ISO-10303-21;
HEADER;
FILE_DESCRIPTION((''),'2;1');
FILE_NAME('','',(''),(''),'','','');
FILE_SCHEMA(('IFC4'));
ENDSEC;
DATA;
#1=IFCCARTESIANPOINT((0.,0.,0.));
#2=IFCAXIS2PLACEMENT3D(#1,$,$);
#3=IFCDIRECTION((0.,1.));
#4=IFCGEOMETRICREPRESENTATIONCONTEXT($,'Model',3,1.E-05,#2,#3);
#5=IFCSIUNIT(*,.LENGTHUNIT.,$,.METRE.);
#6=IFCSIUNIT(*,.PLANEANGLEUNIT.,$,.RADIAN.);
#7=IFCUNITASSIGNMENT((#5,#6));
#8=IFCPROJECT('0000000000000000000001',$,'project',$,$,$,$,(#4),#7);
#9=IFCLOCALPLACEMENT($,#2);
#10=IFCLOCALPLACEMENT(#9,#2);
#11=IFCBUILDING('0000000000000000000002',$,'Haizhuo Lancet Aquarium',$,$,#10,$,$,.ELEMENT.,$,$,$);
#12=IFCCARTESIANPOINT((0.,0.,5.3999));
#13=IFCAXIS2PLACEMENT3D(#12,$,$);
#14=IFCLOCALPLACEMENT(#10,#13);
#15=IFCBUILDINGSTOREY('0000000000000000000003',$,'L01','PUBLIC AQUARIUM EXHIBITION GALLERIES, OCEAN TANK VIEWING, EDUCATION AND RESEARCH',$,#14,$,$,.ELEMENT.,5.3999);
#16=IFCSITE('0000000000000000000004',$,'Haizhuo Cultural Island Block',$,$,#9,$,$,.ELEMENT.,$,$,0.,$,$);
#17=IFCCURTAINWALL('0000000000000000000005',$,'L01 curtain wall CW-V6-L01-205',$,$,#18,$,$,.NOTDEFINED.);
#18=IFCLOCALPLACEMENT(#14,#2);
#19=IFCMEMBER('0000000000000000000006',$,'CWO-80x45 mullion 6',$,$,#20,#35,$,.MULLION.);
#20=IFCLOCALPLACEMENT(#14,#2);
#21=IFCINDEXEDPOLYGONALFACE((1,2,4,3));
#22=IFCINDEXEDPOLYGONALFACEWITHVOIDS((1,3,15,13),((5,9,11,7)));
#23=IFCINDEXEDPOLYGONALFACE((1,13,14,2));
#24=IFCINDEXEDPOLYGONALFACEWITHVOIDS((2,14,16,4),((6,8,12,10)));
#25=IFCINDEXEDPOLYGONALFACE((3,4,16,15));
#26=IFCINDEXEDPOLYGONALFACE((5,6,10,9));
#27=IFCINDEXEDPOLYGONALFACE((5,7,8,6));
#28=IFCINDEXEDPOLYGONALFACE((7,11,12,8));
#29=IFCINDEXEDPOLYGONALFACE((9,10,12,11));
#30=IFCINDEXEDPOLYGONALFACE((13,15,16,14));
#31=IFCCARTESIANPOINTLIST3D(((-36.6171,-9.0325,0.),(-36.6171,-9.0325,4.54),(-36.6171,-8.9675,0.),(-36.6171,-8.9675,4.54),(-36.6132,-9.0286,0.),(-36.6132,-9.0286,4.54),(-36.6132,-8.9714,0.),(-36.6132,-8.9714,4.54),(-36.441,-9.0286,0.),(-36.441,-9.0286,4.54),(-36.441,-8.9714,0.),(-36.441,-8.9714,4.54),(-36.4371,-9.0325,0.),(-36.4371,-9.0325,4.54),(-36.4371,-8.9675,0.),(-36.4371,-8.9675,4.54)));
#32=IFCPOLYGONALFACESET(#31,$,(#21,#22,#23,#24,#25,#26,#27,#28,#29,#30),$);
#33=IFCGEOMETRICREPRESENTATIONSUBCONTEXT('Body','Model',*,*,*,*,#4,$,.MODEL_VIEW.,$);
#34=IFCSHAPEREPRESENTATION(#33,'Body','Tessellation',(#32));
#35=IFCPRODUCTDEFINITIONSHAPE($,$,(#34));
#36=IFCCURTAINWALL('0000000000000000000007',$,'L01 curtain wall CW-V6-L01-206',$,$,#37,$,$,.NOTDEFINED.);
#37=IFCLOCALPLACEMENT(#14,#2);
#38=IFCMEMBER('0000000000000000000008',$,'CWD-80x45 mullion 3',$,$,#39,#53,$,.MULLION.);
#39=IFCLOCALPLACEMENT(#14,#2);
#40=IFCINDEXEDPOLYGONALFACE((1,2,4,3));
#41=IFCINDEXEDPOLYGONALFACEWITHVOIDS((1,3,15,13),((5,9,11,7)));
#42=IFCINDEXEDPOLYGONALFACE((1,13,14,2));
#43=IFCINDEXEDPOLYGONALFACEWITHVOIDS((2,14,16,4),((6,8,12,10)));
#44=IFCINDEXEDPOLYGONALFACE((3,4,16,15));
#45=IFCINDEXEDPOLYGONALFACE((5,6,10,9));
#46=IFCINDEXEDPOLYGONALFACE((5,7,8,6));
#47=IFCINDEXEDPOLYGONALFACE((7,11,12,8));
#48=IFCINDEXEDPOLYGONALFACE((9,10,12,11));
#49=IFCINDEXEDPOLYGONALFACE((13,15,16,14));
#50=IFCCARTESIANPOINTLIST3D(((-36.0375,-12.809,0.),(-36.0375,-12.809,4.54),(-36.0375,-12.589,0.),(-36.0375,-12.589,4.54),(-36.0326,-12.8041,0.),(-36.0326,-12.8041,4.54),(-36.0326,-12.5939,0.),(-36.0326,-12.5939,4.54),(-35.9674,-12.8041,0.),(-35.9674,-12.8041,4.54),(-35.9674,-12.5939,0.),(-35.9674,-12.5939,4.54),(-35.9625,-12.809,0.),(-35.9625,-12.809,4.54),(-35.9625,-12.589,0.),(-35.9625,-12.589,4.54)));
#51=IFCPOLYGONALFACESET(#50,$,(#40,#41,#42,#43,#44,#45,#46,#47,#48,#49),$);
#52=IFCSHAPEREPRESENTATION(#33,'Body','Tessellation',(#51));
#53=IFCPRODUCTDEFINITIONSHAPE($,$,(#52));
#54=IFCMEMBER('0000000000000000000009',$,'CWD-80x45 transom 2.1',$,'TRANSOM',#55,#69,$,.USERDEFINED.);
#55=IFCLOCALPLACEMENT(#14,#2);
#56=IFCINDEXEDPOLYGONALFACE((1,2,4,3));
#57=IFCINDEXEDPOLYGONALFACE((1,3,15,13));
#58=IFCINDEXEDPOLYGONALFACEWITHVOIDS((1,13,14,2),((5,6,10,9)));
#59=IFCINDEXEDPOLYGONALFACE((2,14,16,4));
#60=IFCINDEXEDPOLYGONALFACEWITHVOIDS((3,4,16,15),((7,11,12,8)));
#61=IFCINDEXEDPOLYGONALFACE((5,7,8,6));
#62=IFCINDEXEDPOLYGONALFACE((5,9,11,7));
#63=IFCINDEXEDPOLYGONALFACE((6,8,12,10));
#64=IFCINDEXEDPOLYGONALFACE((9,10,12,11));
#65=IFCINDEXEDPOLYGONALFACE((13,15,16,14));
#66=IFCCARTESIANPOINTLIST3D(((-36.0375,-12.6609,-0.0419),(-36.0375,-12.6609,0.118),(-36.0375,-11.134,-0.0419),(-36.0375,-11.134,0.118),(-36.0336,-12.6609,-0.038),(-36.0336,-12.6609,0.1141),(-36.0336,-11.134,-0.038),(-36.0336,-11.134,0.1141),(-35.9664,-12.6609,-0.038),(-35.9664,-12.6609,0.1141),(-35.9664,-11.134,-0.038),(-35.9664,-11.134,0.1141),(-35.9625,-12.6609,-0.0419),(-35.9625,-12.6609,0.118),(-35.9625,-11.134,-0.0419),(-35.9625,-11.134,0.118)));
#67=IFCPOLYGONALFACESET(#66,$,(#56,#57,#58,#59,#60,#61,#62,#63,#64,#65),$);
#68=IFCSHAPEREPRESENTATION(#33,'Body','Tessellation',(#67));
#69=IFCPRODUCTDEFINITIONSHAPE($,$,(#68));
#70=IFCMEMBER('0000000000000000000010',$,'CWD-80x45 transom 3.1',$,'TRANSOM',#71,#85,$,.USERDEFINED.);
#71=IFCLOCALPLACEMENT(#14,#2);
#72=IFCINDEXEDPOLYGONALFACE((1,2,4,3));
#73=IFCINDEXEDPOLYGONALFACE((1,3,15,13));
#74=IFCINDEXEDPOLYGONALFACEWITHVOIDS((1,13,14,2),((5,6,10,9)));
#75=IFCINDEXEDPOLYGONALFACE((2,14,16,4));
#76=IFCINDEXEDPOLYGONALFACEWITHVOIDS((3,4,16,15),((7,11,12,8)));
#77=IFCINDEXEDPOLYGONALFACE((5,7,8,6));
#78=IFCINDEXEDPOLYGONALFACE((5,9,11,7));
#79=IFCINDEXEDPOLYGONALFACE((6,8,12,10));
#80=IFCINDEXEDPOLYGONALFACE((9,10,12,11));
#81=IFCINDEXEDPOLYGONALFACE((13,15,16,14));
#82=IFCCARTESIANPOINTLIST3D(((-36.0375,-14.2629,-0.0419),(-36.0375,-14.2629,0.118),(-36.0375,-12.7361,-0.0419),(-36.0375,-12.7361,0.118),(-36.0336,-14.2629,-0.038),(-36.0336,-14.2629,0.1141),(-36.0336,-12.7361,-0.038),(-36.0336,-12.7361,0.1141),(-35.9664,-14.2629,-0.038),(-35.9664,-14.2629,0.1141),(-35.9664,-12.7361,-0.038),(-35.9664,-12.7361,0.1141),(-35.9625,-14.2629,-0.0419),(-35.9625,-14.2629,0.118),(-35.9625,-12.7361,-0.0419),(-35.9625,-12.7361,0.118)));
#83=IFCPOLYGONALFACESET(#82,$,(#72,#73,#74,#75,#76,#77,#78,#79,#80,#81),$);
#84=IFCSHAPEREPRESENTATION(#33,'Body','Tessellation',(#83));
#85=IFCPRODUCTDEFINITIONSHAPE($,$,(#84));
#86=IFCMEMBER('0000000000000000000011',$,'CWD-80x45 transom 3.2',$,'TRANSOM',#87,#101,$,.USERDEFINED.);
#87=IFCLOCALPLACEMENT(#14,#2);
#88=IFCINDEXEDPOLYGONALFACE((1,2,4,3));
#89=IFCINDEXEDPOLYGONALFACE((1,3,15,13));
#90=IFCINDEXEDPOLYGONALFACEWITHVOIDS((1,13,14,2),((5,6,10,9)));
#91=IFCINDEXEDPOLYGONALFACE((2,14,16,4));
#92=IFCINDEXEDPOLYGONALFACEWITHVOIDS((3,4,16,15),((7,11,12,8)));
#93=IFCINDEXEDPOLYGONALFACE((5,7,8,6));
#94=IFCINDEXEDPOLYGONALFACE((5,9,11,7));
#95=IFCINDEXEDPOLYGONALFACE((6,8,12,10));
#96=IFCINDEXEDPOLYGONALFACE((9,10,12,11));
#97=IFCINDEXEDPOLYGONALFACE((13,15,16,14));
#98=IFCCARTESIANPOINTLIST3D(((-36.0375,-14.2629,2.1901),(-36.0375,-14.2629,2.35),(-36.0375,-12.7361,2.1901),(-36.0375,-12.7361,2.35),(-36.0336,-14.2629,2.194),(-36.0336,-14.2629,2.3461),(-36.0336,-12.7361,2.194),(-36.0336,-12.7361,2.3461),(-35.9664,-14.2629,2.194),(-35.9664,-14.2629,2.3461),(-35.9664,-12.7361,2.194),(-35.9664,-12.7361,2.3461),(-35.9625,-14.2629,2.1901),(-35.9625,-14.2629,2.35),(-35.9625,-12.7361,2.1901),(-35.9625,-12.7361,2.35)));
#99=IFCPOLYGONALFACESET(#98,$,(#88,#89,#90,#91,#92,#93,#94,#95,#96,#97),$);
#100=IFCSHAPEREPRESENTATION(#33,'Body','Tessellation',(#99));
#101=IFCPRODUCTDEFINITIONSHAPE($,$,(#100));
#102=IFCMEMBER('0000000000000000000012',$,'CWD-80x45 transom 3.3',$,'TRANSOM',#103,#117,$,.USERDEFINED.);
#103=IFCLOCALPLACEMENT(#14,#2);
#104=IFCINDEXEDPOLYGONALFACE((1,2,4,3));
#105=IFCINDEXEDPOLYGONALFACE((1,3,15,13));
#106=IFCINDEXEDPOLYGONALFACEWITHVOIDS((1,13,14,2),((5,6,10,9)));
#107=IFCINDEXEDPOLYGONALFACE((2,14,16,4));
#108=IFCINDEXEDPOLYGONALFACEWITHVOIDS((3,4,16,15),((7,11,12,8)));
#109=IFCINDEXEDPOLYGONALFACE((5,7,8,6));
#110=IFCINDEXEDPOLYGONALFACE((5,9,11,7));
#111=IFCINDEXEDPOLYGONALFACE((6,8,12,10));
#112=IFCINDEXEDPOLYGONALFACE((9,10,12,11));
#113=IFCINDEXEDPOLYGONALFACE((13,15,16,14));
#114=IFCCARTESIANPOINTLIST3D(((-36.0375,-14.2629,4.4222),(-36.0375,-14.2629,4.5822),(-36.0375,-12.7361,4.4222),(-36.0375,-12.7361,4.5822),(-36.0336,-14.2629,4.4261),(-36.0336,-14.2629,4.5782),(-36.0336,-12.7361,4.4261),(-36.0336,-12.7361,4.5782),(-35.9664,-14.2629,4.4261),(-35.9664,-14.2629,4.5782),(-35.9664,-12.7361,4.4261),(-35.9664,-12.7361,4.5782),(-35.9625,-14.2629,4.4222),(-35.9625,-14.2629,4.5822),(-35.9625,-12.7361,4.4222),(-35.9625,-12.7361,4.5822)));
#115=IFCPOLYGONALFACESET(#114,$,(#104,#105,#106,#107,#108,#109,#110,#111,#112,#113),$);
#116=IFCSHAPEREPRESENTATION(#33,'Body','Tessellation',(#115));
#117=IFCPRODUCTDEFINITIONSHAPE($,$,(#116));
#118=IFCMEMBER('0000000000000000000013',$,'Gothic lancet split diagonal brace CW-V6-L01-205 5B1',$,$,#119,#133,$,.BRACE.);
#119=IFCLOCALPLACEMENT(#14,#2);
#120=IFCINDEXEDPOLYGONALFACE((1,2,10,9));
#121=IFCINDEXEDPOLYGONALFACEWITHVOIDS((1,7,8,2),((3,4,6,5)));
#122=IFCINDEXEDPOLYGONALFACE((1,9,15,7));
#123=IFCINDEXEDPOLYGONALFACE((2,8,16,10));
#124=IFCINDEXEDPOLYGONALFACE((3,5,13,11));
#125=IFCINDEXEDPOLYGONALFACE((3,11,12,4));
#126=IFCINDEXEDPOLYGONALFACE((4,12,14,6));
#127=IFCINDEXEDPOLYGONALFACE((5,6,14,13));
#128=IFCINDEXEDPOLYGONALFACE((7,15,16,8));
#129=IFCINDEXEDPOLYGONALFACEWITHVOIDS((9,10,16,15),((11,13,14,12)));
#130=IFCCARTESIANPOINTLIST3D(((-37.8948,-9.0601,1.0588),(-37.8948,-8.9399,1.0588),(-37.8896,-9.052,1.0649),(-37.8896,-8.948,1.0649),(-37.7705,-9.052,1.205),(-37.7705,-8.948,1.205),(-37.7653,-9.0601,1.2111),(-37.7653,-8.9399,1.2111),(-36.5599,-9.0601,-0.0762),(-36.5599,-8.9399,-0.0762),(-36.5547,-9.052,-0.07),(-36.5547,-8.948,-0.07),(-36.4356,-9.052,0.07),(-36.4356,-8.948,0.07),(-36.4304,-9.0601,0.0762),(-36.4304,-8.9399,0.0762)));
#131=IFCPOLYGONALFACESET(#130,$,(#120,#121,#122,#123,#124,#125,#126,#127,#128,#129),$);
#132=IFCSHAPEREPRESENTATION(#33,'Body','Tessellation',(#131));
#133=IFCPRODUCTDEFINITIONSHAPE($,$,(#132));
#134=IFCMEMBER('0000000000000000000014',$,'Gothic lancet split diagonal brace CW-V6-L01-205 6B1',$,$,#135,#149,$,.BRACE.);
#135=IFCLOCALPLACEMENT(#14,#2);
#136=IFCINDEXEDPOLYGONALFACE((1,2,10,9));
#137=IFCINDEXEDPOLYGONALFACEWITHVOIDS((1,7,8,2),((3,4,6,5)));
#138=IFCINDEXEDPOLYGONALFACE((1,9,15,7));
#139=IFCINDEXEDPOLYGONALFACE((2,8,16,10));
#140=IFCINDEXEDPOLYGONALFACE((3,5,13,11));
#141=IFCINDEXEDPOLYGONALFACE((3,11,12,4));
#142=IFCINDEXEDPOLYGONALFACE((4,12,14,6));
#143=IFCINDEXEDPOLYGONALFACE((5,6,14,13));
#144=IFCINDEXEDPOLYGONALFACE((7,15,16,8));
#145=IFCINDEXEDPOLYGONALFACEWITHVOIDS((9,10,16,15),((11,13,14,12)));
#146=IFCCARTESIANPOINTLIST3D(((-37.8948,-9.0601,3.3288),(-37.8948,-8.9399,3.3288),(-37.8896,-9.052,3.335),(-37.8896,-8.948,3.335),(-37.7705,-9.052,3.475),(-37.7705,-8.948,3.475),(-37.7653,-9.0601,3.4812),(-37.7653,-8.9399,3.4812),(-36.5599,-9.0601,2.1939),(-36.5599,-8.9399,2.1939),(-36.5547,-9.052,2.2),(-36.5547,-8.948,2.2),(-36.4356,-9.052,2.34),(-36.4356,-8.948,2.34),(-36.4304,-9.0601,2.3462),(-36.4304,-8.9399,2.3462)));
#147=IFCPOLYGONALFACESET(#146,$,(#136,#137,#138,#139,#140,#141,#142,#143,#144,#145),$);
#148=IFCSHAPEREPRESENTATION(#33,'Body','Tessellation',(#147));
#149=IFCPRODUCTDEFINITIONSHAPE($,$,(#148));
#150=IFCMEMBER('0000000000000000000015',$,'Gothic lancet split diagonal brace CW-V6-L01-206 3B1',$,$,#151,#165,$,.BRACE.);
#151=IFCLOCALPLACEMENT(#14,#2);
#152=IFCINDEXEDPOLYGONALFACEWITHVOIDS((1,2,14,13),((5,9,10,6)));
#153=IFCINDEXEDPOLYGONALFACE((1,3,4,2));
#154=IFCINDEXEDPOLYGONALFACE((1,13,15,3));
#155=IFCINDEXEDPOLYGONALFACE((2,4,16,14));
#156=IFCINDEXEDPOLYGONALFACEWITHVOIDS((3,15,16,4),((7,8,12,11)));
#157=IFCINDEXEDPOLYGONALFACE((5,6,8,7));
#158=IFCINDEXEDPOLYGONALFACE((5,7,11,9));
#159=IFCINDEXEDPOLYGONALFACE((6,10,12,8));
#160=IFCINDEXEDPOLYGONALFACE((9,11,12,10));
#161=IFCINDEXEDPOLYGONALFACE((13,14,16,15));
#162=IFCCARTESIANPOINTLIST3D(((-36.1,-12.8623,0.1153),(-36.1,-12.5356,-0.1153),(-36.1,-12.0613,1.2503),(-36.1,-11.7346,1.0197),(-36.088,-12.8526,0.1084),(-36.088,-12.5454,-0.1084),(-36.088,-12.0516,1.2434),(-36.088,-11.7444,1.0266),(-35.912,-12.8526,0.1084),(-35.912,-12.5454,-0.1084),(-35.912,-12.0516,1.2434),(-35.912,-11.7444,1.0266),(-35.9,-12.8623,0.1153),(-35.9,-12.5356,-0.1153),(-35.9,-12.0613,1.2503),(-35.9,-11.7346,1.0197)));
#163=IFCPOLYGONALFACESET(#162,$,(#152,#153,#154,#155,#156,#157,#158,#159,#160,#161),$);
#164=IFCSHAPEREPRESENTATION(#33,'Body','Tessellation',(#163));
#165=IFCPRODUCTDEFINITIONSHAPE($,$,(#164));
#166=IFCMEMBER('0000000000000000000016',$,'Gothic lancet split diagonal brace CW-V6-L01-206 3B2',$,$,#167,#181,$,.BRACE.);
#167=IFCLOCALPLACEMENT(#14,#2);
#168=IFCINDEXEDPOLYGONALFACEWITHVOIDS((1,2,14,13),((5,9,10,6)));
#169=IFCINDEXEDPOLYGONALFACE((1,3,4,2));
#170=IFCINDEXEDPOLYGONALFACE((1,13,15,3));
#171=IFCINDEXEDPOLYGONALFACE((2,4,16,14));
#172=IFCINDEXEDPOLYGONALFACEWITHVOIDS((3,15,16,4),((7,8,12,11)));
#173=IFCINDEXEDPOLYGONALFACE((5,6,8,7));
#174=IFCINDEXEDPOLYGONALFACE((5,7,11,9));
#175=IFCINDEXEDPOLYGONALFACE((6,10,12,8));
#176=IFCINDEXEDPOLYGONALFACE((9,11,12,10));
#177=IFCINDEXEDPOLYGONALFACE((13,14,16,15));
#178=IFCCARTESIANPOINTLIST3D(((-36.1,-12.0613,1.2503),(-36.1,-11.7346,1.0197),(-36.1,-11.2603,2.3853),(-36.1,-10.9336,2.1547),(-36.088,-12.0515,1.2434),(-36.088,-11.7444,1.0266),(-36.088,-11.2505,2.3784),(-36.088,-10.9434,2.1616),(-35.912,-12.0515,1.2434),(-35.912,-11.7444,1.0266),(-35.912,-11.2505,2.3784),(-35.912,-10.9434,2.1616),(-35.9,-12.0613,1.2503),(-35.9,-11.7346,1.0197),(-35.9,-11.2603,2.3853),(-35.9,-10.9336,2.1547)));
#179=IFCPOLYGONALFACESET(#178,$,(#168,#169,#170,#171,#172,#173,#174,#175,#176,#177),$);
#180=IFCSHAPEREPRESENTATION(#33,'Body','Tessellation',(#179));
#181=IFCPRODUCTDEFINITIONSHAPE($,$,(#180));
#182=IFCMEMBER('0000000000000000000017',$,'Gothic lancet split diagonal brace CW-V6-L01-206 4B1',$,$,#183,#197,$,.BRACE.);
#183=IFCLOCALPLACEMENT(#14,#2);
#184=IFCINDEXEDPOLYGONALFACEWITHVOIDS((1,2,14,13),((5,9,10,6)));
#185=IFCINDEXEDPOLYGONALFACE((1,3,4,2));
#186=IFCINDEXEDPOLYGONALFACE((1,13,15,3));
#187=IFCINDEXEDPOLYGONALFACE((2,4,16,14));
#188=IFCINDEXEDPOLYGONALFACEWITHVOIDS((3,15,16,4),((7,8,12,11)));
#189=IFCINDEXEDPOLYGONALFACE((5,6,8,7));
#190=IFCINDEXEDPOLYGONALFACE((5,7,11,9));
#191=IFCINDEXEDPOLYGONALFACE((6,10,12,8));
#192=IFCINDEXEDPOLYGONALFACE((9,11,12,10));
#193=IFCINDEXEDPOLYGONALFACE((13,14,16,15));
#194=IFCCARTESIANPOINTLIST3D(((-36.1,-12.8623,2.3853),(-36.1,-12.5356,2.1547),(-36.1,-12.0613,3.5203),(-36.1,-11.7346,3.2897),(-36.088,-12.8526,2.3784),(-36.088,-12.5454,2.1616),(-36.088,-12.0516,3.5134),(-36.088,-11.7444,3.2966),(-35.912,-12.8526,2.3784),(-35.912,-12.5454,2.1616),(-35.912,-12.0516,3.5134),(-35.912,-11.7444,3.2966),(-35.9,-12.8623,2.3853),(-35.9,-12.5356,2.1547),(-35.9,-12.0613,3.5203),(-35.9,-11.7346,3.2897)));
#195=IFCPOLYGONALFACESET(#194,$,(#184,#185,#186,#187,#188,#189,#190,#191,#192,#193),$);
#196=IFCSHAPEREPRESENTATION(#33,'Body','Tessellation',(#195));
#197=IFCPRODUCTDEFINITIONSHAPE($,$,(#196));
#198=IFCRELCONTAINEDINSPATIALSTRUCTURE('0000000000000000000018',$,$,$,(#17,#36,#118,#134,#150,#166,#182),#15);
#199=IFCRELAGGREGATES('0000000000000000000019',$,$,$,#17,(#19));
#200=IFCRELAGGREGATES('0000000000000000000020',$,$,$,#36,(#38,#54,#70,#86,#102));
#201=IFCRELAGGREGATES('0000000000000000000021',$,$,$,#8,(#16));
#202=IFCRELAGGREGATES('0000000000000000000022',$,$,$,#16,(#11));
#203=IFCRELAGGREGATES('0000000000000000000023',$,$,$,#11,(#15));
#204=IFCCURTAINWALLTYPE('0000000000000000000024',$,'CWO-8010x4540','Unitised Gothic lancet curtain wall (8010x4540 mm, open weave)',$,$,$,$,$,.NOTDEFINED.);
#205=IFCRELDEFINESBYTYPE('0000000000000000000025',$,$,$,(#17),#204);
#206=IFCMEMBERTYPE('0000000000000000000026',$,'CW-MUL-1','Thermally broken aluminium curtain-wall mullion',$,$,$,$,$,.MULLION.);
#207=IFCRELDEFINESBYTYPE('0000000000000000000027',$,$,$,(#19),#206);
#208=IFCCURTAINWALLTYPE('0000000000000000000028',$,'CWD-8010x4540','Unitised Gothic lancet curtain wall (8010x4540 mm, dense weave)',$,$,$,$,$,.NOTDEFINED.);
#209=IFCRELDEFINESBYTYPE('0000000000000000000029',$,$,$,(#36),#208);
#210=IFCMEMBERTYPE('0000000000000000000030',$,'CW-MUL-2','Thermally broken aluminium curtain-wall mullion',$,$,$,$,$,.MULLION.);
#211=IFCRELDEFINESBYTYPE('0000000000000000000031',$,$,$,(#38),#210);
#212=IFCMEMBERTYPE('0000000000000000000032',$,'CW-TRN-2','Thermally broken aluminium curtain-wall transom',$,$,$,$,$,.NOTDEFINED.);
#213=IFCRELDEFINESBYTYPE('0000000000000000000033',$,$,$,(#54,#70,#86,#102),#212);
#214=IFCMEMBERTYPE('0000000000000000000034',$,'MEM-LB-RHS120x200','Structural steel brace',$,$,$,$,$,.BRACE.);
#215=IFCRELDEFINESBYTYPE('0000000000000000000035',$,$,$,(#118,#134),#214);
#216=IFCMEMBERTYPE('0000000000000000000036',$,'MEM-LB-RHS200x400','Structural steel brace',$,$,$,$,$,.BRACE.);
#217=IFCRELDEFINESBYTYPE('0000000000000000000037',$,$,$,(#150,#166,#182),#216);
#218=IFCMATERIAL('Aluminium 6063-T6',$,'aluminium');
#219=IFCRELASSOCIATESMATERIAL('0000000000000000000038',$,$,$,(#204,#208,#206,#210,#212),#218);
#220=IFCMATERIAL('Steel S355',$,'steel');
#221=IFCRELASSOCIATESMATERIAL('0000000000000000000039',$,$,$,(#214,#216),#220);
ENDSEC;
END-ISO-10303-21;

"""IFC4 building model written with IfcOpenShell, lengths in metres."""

from ifc_helpers import new_model, si_unit, direction, frame, origin, origin_2d, place, context, subcontext, project, spatial, hollow_rectangle, extrude, material, material_profile, profile_set, type_object, element, aggregate, save


model = new_model("IFC4")

# Units and contexts
model_context = context("Model", 3, precision=1e-05, world=origin(), true_north=direction((0.0, 1.0)))
body_context = subcontext(model_context, "Body", "Model", "MODEL_VIEW")
ifc_project = project(units=[si_unit("LENGTHUNIT", "METRE"), si_unit("PLANEANGLEUNIT", "RADIAN")], contexts=[model_context])

# Site, building, storey
site_placement = place(None, origin())
site = spatial("IfcSite", under=ifc_project, at=site_placement, Name="Haizhuo Cultural Island Block", CompositionType="ELEMENT", RefElevation=0.0)
building_placement = place(site_placement, origin())
building = spatial("IfcBuilding", under=site, at=building_placement, Name="Haizhuo Lancet Aquarium", CompositionType="ELEMENT")
storey_placement = place(building_placement, frame((0.0, 0.0, 5.3999)))
storey = spatial("IfcBuildingStorey", under=building, at=storey_placement, Name="L01", Description="PUBLIC AQUARIUM EXHIBITION GALLERIES, OCEAN TANK VIEWING, EDUCATION AND RESEARCH", CompositionType="ELEMENT", Elevation=5.3999)

# Curtain wall, member
ifc_material_1 = material(Name="Aluminium 6063-T6", Category="aluminium")
curtain_wall_type_1 = type_object("IfcCurtainWallType", Name="CWO-8010x4540", Description="Unitised Gothic lancet curtain wall (8010x4540 mm, open weave)", PredefinedType="NOTDEFINED", material=ifc_material_1)
curtain_wall_1_placement = place(storey_placement, origin())
curtain_wall_1 = element("IfcCurtainWall", 1, at=curtain_wall_1_placement, inside=storey, type_object=curtain_wall_type_1, Name="L01 curtain wall CW-V6-L01-205", PredefinedType="NOTDEFINED")
ifc_material_profile_1 = material_profile(ifc_material_1, hollow_rectangle(XDim=0.0649, YDim=0.1799, WallThickness=0.0039, at=origin_2d()), Name="ALU-M 65x180x4")
ifc_profile_set_1 = profile_set([ifc_material_profile_1], Name="Aluminium 6063-T6")
member_type_1 = type_object("IfcMemberType", Name="CW-MUL-1", Description="Thermally broken aluminium curtain-wall mullion", PredefinedType="MULLION", material=ifc_profile_set_1)
member_1_placement = place(storey_placement, frame((-36.5271, -9.0, 0.0), z_axis=(0.0, 0.0, 1.0), x_axis=(0.0, 1.0, 0.0)))
member_1 = element("IfcMember", 2, at=member_1_placement, type_object=member_type_1, Name="CWO-80x45 mullion 6", PredefinedType="MULLION", context=body_context, shape_type="SweptSolid", body=[
    extrude(hollow_rectangle(XDim=0.0649, YDim=0.1799, WallThickness=0.0039, at=origin_2d()), origin(), (0.0, 0.0, 1.0), 4.54),
])
aggregate(curtain_wall_1, [member_1])

# Curtain wall, members
curtain_wall_type_2 = type_object("IfcCurtainWallType", Name="CWD-8010x4540", Description="Unitised Gothic lancet curtain wall (8010x4540 mm, dense weave)", PredefinedType="NOTDEFINED", material=ifc_material_1)
curtain_wall_2_placement = place(storey_placement, origin())
curtain_wall_2 = element("IfcCurtainWall", 3, at=curtain_wall_2_placement, inside=storey, type_object=curtain_wall_type_2, Name="L01 curtain wall CW-V6-L01-206", PredefinedType="NOTDEFINED")
ifc_material_profile_2 = material_profile(ifc_material_1, hollow_rectangle(XDim=0.075, YDim=0.22, WallThickness=0.0049, at=origin_2d()), Name="ALU-M 75x220x5")
ifc_profile_set_2 = profile_set([ifc_material_profile_2], Name="Aluminium 6063-T6")
member_type_2 = type_object("IfcMemberType", Name="CW-MUL-2", Description="Thermally broken aluminium curtain-wall mullion", PredefinedType="MULLION", material=ifc_profile_set_2)
member_2_placement = place(storey_placement, frame((-36.0, -12.699, 0.0), z_axis=(0.0, 0.0, 1.0), x_axis=(1.0, 0.0, 0.0)))
member_2 = element("IfcMember", 4, at=member_2_placement, type_object=member_type_2, Name="CWD-80x45 mullion 3", PredefinedType="MULLION", context=body_context, shape_type="SweptSolid", body=[
    extrude(hollow_rectangle(XDim=0.075, YDim=0.22, WallThickness=0.0049, at=origin_2d()), origin(), (0.0, 0.0, 1.0), 4.54),
])
ifc_material_profile_3 = material_profile(ifc_material_1, hollow_rectangle(XDim=0.075, YDim=0.1599, WallThickness=0.0039, at=origin_2d()), Name="ALU-T 75x160x4")
ifc_profile_set_3 = profile_set([ifc_material_profile_3], Name="Aluminium 6063-T6")
member_type_3 = type_object("IfcMemberType", Name="CW-TRN-2", Description="Thermally broken aluminium curtain-wall transom", PredefinedType="NOTDEFINED", material=ifc_profile_set_3)
member_3_placement = place(storey_placement, frame((-36.0, -11.134, 0.0381), z_axis=(0.0, -1.0, 0.0), x_axis=(1.0, 0.0, 0.0)))
member_3 = element("IfcMember", 5, at=member_3_placement, type_object=member_type_3, Name="CWD-80x45 transom 2.1", ObjectType="TRANSOM", PredefinedType="USERDEFINED", context=body_context, shape_type="SweptSolid", body=[
    extrude(hollow_rectangle(XDim=0.075, YDim=0.1599, WallThickness=0.0039, at=origin_2d()), origin(), (0.0, 0.0, 1.0), 1.5269),
])
member_4_placement = place(storey_placement, frame((-36.0, -12.7361, 0.0381), z_axis=(0.0, -1.0, 0.0), x_axis=(1.0, 0.0, 0.0)))
member_4 = element("IfcMember", 6, at=member_4_placement, type_object=member_type_3, Name="CWD-80x45 transom 3.1", ObjectType="TRANSOM", PredefinedType="USERDEFINED", context=body_context, shape_type="SweptSolid", body=[
    extrude(hollow_rectangle(XDim=0.075, YDim=0.1599, WallThickness=0.0039, at=origin_2d()), origin(), (0.0, 0.0, 1.0), 1.5269),
])
member_5_placement = place(storey_placement, frame((-36.0, -12.7361, 2.27), z_axis=(0.0, -1.0, 0.0), x_axis=(1.0, 0.0, 0.0)))
member_5 = element("IfcMember", 7, at=member_5_placement, type_object=member_type_3, Name="CWD-80x45 transom 3.2", ObjectType="TRANSOM", PredefinedType="USERDEFINED", context=body_context, shape_type="SweptSolid", body=[
    extrude(hollow_rectangle(XDim=0.075, YDim=0.1599, WallThickness=0.0039, at=origin_2d()), origin(), (0.0, 0.0, 1.0), 1.5269),
])
member_6_placement = place(storey_placement, frame((-36.0, -12.7361, 4.5022), z_axis=(0.0, -1.0, 0.0), x_axis=(1.0, 0.0, 0.0)))
member_6 = element("IfcMember", 8, at=member_6_placement, type_object=member_type_3, Name="CWD-80x45 transom 3.3", ObjectType="TRANSOM", PredefinedType="USERDEFINED", context=body_context, shape_type="SweptSolid", body=[
    extrude(hollow_rectangle(XDim=0.075, YDim=0.1599, WallThickness=0.0039, at=origin_2d()), origin(), (0.0, 0.0, 1.0), 1.5269),
])

# Members
ifc_material_2 = material(Name="Steel S355", Category="steel")
ifc_material_profile_4 = material_profile(ifc_material_2, hollow_rectangle(XDim=0.1201, YDim=0.2, WallThickness=0.0081, at=origin_2d()), Name="RHS 120x200x8")
ifc_profile_set_4 = profile_set([ifc_material_profile_4], Name="Steel S355")
member_type_4 = type_object("IfcMemberType", Name="MEM-LB-RHS120x200", Description="Structural steel brace", PredefinedType="BRACE", material=ifc_profile_set_4)
for number, where, z_axis, x_axis, name in (
    (9, (-36.4951, -9.0, 0.0), (-0.761857, 0.0, 0.647745), (0.0, -1.0, 0.0), "Gothic lancet split diagonal brace CW-V6-L01-205 5B1"),
    (10, (-36.4951, -9.0, 2.27), (-0.761857, 0.0, 0.647745), (0.0, -1.0, 0.0), "Gothic lancet split diagonal brace CW-V6-L01-205 6B1"),
):
    element("IfcMember", number, at=place(storey_placement, frame(where, z_axis=z_axis, x_axis=x_axis)), inside=storey, type_object=member_type_4, Name=name, PredefinedType="BRACE", context=body_context, shape_type="SweptSolid", body=[
        extrude(hollow_rectangle(XDim=0.1201, YDim=0.2, WallThickness=0.0081, at=origin_2d()), origin(), (0.0, 0.0, 1.0), 1.7522),
    ])
ifc_material_profile_5 = material_profile(ifc_material_2, hollow_rectangle(XDim=0.2, YDim=0.3999, WallThickness=0.012, at=origin_2d()), Name="RHS 200x400x12")
ifc_profile_set_5 = profile_set([ifc_material_profile_5], Name="Steel S355")
member_type_5 = type_object("IfcMemberType", Name="MEM-LB-RHS200x400", Description="Structural steel brace", PredefinedType="BRACE", material=ifc_profile_set_5)
for number, where, z_axis, x_axis, name in (
    (11, (-36.0, -12.699, 0.0), (0.0, 0.576607, 0.817021), (-1.0, 0.0, 0.0), "Gothic lancet split diagonal brace CW-V6-L01-206 3B1"),
    (12, (-36.0, -11.8979, 1.135), (0.0, 0.576607, 0.817021), (-1.0, 0.0, 0.0), "Gothic lancet split diagonal brace CW-V6-L01-206 3B2"),
    (13, (-36.0, -12.699, 2.27), (0.0, 0.576607, 0.817021), (-1.0, 0.0, 0.0), "Gothic lancet split diagonal brace CW-V6-L01-206 4B1"),
):
    element("IfcMember", number, at=place(storey_placement, frame(where, z_axis=z_axis, x_axis=x_axis)), inside=storey, type_object=member_type_5, Name=name, PredefinedType="BRACE", context=body_context, shape_type="SweptSolid", body=[
        extrude(hollow_rectangle(XDim=0.2, YDim=0.3999, WallThickness=0.012, at=origin_2d()), origin(), (0.0, 0.0, 1.0), 1.3892),
    ])

aggregate(curtain_wall_2, [member_2, member_3, member_4, member_5, member_6])

save(model, "model.ifc")
